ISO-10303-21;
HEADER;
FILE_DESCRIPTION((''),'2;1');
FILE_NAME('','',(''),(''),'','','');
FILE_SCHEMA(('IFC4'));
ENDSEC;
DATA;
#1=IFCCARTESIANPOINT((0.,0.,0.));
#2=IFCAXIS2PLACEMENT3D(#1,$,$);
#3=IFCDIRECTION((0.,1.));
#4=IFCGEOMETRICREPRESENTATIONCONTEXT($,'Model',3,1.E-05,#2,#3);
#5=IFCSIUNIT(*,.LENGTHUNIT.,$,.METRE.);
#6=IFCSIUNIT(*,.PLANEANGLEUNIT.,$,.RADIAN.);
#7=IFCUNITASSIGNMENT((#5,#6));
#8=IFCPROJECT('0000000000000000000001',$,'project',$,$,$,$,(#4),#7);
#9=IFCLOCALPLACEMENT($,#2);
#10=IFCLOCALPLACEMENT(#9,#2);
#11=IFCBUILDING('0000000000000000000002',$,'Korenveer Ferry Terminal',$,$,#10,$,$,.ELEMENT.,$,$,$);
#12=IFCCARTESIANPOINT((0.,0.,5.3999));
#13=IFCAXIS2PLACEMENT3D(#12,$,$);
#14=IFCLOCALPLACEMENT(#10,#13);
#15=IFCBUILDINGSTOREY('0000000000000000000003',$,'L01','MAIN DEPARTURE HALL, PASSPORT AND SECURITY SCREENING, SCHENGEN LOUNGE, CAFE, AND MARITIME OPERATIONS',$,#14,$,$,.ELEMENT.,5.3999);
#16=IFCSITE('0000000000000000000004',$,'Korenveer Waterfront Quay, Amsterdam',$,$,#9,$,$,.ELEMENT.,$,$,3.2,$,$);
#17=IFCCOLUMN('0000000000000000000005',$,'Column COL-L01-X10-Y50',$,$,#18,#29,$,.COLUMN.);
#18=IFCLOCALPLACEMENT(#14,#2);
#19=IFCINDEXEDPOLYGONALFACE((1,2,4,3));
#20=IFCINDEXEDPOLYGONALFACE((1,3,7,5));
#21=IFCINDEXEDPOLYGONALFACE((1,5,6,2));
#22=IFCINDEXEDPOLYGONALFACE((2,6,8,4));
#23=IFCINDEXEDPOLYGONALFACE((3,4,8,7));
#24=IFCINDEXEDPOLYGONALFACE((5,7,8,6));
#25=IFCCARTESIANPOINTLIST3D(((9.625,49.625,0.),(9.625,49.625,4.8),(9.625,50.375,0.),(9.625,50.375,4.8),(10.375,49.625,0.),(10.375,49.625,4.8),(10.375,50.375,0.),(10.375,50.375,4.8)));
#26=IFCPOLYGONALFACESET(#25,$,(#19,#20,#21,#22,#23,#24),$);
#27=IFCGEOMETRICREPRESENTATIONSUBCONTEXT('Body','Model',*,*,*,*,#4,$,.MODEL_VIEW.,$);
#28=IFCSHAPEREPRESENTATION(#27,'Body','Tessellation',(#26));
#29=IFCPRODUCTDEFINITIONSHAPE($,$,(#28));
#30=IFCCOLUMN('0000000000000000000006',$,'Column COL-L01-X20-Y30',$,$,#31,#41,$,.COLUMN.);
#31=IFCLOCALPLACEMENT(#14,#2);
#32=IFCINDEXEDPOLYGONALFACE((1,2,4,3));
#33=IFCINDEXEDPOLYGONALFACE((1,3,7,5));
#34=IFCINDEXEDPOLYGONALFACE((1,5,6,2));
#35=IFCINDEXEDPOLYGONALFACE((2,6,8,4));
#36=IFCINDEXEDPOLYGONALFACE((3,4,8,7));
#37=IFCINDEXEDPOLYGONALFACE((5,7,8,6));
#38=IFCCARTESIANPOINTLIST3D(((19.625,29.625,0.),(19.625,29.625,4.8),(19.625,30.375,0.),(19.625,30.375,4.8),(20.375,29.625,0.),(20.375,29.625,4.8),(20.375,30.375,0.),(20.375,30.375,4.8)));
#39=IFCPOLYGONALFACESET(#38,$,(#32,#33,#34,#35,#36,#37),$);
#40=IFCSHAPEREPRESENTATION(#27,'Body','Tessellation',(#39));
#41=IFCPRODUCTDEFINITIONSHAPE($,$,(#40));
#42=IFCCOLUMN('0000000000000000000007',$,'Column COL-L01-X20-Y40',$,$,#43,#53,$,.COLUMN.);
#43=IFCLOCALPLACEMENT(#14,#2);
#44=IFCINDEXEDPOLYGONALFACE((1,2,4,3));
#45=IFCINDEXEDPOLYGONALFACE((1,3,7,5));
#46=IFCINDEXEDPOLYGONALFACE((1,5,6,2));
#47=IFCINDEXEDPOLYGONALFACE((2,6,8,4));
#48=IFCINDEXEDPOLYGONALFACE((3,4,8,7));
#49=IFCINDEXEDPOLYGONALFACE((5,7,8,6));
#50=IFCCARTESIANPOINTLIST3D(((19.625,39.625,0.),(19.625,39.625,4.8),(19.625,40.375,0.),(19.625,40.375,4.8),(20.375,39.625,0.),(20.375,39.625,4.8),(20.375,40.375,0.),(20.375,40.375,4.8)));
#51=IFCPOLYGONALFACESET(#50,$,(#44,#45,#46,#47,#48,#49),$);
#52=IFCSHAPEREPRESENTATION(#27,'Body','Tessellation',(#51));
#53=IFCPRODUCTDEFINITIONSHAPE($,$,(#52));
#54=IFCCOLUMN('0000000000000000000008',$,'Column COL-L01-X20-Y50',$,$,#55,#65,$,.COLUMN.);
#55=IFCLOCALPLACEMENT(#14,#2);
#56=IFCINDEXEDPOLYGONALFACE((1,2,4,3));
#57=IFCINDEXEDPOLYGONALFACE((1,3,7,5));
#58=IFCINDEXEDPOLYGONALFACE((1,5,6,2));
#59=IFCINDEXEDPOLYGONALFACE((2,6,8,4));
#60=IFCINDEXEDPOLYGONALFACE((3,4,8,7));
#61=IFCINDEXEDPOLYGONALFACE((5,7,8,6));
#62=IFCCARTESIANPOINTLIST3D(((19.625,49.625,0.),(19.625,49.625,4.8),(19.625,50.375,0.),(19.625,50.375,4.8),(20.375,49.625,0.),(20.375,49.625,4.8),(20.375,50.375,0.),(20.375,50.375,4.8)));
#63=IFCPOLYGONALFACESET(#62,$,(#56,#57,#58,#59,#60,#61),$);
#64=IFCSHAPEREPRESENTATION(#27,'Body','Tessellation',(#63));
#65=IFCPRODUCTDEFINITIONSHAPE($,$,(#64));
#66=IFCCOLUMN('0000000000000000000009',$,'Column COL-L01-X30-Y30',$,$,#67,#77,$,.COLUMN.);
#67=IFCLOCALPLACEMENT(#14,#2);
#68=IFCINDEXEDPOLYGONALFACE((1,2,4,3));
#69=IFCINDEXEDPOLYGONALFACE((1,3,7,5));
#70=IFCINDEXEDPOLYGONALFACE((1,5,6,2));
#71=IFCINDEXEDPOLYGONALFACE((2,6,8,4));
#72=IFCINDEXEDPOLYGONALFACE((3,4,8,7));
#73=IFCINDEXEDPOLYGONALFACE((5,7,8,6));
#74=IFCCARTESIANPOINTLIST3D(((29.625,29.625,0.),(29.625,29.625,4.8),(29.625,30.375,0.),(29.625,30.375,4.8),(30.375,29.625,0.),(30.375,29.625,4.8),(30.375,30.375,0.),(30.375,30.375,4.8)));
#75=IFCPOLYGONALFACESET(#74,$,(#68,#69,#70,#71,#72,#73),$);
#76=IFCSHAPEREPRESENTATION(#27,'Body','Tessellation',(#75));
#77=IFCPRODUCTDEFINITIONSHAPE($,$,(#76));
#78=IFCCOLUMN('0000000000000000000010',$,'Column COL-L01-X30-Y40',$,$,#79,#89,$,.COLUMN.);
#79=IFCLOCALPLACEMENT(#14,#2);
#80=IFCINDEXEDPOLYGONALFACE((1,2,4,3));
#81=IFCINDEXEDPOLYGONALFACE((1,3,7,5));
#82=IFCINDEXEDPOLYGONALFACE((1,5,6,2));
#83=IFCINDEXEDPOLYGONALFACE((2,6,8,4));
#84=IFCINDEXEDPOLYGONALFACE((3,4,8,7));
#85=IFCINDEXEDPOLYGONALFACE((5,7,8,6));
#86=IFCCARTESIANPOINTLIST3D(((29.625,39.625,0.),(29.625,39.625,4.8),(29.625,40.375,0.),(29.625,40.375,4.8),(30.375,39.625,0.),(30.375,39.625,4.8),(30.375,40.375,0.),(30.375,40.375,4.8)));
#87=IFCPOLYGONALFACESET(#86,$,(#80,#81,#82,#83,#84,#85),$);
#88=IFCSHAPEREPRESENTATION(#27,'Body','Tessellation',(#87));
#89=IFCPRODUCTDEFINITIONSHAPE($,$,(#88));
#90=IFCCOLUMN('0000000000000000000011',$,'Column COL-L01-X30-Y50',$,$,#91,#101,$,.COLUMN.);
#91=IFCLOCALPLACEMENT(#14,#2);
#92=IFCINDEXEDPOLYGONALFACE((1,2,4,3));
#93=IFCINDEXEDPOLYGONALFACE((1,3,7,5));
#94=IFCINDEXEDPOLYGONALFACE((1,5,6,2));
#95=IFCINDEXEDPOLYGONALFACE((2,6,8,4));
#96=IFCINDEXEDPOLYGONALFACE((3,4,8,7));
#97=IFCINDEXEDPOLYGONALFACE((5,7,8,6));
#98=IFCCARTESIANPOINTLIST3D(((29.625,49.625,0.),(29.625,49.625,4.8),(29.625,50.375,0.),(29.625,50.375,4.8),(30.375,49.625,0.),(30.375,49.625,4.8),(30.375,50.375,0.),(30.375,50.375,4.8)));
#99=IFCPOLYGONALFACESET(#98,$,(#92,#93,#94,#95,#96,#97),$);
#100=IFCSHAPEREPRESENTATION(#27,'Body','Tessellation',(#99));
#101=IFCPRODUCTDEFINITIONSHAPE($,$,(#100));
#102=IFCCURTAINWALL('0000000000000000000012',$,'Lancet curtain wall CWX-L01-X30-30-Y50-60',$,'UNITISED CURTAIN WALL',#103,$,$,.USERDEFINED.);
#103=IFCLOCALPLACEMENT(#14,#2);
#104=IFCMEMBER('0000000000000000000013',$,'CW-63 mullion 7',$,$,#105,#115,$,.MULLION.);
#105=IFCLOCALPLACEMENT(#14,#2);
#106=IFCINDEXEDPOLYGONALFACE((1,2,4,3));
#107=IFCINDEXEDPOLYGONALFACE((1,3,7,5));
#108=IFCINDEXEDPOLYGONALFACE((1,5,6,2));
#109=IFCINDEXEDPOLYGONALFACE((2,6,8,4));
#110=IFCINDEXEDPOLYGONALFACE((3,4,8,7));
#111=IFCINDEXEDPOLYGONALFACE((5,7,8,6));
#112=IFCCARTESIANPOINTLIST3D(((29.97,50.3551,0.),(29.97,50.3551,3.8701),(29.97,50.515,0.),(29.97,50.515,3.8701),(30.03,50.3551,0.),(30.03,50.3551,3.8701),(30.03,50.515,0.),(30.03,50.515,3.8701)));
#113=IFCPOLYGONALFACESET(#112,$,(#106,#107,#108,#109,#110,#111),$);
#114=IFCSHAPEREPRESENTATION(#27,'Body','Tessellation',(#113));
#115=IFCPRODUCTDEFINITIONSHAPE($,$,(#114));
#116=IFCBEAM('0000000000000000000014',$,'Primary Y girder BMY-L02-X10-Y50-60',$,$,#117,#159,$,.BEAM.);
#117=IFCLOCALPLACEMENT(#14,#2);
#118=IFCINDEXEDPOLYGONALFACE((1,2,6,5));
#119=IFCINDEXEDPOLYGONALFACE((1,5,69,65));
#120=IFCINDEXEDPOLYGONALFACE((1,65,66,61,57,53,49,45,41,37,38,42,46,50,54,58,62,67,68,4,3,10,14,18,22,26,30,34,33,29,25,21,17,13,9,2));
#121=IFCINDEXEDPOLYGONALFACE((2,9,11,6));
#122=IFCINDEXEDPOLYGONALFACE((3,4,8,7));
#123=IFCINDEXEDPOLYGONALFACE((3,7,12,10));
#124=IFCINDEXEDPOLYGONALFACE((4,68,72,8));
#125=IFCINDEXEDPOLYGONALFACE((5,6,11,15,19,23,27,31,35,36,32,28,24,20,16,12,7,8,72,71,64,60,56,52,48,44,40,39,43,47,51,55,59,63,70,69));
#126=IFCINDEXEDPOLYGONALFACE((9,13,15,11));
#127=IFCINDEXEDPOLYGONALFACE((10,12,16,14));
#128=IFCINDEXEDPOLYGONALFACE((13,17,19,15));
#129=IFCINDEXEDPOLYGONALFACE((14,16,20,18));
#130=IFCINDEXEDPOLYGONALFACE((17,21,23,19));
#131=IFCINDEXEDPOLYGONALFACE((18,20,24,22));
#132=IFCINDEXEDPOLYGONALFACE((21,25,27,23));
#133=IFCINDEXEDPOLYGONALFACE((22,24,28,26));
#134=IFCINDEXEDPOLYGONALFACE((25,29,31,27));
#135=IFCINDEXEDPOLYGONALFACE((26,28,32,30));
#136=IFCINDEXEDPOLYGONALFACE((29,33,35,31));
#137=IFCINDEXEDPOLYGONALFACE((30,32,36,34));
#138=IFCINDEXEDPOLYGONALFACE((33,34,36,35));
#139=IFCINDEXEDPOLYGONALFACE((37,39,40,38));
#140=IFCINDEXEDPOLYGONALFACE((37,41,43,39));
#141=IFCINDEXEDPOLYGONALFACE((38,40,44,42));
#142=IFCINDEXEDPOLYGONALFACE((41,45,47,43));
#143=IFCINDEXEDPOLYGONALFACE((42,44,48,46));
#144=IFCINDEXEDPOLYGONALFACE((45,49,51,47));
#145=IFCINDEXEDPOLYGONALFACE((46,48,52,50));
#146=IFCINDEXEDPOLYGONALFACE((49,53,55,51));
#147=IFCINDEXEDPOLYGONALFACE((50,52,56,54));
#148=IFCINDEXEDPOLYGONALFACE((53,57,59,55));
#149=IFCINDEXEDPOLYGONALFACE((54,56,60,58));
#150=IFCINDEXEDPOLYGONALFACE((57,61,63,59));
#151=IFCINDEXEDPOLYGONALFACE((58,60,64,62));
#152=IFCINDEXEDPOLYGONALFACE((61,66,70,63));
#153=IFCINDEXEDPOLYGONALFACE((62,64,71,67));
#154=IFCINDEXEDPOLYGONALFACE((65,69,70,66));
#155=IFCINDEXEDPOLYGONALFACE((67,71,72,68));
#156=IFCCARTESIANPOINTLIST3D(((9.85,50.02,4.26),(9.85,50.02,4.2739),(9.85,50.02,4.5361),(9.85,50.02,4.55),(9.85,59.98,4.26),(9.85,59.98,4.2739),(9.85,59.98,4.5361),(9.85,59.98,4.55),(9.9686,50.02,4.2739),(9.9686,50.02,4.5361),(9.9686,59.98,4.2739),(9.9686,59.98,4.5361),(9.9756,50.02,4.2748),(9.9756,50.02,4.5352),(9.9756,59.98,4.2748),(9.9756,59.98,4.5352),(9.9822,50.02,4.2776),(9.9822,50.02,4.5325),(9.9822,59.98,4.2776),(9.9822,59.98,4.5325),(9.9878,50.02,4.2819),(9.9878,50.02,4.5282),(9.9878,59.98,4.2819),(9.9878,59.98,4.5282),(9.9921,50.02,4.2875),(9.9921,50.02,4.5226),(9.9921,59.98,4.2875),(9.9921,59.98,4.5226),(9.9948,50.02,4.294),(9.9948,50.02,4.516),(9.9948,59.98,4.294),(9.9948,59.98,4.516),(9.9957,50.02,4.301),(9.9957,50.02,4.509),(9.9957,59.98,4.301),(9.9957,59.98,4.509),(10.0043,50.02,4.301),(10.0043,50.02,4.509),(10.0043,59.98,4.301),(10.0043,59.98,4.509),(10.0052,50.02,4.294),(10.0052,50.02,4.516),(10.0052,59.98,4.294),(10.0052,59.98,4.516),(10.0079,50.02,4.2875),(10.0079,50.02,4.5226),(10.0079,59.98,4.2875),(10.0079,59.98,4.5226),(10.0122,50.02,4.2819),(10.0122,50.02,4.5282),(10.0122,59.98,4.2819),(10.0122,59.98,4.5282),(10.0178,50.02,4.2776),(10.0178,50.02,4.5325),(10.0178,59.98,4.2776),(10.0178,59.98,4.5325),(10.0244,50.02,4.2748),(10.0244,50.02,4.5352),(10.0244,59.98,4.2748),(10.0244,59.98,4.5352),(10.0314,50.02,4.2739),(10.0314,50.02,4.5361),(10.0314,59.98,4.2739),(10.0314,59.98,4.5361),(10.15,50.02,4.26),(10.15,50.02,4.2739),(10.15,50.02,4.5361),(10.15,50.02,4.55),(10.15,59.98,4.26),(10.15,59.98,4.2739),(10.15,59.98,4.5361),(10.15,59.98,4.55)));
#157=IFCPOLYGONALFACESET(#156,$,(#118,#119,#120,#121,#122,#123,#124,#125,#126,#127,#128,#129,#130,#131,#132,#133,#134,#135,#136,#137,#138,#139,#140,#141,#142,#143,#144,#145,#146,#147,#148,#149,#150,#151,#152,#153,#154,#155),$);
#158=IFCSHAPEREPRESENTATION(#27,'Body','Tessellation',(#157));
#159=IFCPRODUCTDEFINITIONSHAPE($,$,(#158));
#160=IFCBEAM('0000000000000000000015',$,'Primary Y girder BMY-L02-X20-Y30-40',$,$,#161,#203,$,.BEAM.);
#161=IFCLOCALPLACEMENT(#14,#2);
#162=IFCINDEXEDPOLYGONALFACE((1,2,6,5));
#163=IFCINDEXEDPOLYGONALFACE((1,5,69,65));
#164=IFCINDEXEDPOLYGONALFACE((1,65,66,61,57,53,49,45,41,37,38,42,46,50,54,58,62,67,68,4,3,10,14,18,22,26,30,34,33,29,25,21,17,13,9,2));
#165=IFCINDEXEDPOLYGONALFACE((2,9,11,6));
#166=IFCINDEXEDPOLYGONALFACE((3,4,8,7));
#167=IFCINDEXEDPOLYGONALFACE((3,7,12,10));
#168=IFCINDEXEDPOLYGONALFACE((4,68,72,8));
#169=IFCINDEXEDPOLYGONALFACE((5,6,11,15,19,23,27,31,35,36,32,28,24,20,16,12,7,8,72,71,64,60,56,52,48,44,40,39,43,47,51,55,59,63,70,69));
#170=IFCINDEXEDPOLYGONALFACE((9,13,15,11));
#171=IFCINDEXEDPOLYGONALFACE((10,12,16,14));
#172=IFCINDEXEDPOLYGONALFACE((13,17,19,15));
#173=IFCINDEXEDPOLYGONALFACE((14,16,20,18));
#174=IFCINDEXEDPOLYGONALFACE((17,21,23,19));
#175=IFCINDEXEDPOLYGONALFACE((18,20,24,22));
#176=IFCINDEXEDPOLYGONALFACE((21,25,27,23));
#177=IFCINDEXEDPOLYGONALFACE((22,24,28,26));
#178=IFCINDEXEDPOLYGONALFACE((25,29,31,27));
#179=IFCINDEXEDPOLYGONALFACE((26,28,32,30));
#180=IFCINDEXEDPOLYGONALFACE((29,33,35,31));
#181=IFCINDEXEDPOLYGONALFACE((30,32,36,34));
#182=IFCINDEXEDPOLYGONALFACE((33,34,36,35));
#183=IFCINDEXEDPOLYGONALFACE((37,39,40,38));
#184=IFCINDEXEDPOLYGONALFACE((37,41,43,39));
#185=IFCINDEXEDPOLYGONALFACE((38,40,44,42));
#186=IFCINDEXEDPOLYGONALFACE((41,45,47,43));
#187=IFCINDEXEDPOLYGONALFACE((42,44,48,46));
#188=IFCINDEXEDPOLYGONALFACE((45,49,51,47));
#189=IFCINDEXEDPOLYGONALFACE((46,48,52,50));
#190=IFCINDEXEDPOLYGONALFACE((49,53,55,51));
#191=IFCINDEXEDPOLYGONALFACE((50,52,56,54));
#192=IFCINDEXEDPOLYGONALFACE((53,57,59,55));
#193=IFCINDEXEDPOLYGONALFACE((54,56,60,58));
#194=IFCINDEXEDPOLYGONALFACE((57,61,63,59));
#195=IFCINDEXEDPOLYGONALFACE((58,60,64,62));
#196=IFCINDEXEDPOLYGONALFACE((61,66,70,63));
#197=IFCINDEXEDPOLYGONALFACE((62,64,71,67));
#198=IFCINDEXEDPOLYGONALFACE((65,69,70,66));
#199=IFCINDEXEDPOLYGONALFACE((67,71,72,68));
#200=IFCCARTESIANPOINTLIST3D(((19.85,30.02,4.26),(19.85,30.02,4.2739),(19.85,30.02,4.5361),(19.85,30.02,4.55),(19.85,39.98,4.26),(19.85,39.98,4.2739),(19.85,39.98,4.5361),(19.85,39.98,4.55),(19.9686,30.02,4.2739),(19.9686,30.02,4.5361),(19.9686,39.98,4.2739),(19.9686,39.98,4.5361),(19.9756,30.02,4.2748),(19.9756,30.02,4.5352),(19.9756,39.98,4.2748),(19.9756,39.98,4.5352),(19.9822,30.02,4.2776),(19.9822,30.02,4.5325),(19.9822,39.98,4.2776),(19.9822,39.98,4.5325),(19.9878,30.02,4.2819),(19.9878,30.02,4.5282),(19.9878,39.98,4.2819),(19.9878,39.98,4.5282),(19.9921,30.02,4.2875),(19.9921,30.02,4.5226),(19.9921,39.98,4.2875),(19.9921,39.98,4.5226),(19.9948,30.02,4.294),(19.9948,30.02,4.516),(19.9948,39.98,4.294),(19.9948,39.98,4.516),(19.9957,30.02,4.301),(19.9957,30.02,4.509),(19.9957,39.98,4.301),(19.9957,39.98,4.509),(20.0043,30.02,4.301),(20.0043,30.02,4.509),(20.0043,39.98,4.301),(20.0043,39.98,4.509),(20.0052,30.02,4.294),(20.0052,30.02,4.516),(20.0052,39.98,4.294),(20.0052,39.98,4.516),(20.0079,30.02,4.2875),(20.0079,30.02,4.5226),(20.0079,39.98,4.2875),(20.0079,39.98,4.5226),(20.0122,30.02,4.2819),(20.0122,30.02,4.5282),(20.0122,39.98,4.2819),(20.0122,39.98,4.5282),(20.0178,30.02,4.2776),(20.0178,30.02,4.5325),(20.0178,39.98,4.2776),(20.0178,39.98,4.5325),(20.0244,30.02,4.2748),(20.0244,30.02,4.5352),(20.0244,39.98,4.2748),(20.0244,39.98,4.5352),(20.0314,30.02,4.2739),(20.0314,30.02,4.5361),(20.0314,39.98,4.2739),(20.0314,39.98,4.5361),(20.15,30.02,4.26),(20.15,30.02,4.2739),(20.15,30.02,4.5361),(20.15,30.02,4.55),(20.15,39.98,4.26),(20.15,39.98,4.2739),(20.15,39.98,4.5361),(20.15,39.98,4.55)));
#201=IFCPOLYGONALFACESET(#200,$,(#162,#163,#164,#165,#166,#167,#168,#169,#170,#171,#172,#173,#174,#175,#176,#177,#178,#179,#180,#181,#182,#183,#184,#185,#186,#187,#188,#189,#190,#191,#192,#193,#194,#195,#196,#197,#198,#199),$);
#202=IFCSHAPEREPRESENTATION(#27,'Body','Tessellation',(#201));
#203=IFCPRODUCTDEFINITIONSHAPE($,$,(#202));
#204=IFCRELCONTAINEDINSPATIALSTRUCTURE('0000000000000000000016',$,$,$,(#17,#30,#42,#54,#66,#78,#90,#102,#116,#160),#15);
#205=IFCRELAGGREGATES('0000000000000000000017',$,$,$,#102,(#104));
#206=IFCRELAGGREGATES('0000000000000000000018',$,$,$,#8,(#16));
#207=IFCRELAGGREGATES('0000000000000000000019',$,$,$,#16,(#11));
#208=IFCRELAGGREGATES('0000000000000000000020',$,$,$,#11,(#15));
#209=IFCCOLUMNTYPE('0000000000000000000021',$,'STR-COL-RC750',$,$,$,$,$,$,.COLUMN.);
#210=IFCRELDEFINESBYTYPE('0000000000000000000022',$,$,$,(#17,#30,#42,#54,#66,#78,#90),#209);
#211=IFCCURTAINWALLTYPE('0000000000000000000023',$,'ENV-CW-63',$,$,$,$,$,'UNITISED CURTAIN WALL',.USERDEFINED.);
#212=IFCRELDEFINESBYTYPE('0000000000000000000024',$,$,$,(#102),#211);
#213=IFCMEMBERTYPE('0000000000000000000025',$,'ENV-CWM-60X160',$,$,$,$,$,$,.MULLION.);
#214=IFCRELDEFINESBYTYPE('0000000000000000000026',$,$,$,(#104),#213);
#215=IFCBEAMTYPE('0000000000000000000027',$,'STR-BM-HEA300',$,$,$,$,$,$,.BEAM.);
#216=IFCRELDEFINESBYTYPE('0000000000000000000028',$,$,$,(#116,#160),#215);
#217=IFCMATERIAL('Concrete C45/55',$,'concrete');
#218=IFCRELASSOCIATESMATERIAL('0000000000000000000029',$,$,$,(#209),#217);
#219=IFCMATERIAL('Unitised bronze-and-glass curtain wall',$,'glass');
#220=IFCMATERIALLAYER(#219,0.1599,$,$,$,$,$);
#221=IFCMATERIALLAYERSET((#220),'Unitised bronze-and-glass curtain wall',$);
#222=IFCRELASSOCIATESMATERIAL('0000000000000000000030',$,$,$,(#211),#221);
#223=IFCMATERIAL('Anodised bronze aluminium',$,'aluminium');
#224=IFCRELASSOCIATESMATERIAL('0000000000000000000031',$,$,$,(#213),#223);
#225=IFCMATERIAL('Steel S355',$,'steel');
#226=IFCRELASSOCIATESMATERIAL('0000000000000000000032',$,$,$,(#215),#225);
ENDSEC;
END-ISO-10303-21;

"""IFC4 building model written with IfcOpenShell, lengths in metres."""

from ifc_helpers import new_model, si_unit, direction, frame, origin, origin_2d, place, context, subcontext, project, spatial, rectangle, i_section, extrude, material, layer, layer_set, material_profile, profile_set, type_object, element, aggregate, save


model = new_model("IFC4")

# Units and contexts
model_context = context("Model", 3, precision=1e-05, world=origin(), true_north=direction((0.0, 1.0)))
body_context = subcontext(model_context, "Body", "Model", "MODEL_VIEW")
ifc_project = project(units=[si_unit("LENGTHUNIT", "METRE"), si_unit("PLANEANGLEUNIT", "RADIAN")], contexts=[model_context])

# Site, building, storey
site_placement = place(None, origin())
site = spatial("IfcSite", under=ifc_project, at=site_placement, Name="Korenveer Waterfront Quay, Amsterdam", CompositionType="ELEMENT", RefElevation=3.2)
building_placement = place(site_placement, origin())
building = spatial("IfcBuilding", under=site, at=building_placement, Name="Korenveer Ferry Terminal", CompositionType="ELEMENT")
storey_placement = place(building_placement, frame((0.0, 0.0, 5.3999)))
storey = spatial("IfcBuildingStorey", under=building, at=storey_placement, Name="L01", Description="MAIN DEPARTURE HALL, PASSPORT AND SECURITY SCREENING, SCHENGEN LOUNGE, CAFE, AND MARITIME OPERATIONS", CompositionType="ELEMENT", Elevation=5.3999)

# Columns
ifc_material_1 = material(Name="Concrete C45/55", Category="concrete")
ifc_material_profile_1 = material_profile(ifc_material_1, rectangle(XDim=0.75, YDim=0.75, at=origin_2d()), Name="RC 750x750")
ifc_profile_set_1 = profile_set([ifc_material_profile_1], Name="Concrete C45/55")
column_type = type_object("IfcColumnType", Name="STR-COL-RC750", PredefinedType="COLUMN", material=ifc_profile_set_1)
for number, where, z_axis, x_axis, name in (
    (1, (10.0, 50.0, 0.0), (0.0, 0.0, 1.0), (1.0, 0.0, 0.0), "Column COL-L01-X10-Y50"),
    (2, (20.0, 30.0, 0.0), (0.0, 0.0, 1.0), (1.0, 0.0, 0.0), "Column COL-L01-X20-Y30"),
    (3, (20.0, 40.0, 0.0), (0.0, 0.0, 1.0), (1.0, 0.0, 0.0), "Column COL-L01-X20-Y40"),
    (4, (20.0, 50.0, 0.0), (0.0, 0.0, 1.0), (1.0, 0.0, 0.0), "Column COL-L01-X20-Y50"),
    (5, (30.0, 30.0, 0.0), (0.0, 0.0, 1.0), (1.0, 0.0, 0.0), "Column COL-L01-X30-Y30"),
    (6, (30.0, 40.0, 0.0), (0.0, 0.0, 1.0), (1.0, 0.0, 0.0), "Column COL-L01-X30-Y40"),
    (7, (30.0, 50.0, 0.0), (0.0, 0.0, 1.0), (1.0, 0.0, 0.0), "Column COL-L01-X30-Y50"),
):
    element("IfcColumn", number, at=place(storey_placement, frame(where, z_axis=z_axis, x_axis=x_axis)), inside=storey, type_object=column_type, Name=name, PredefinedType="COLUMN", context=body_context, shape_type="SweptSolid", body=[
        extrude(rectangle(XDim=0.75, YDim=0.75, at=origin_2d()), origin(), (0.0, 0.0, 1.0), 4.8),
    ])

# Curtain wall, member
ifc_material_2 = material(Name="Unitised bronze-and-glass curtain wall", Category="glass")
ifc_layer_1 = layer(ifc_material_2, 0.1599)
ifc_layer_set_1 = layer_set([ifc_layer_1], Name="Unitised bronze-and-glass curtain wall")
curtain_wall_type = type_object("IfcCurtainWallType", Name="ENV-CW-63", ElementType="UNITISED CURTAIN WALL", PredefinedType="USERDEFINED", material=ifc_layer_set_1)
curtain_wall_placement = place(storey_placement, frame((30.0, 59.595, 0.0)))
curtain_wall = element("IfcCurtainWall", 8, at=curtain_wall_placement, inside=storey, type_object=curtain_wall_type, Name="Lancet curtain wall CWX-L01-X30-30-Y50-60", ObjectType="UNITISED CURTAIN WALL", PredefinedType="USERDEFINED")
ifc_material_3 = material(Name="Anodised bronze aluminium", Category="aluminium")
ifc_material_profile_2 = material_profile(ifc_material_3, rectangle(XDim=0.0601, YDim=0.1599, at=origin_2d()), Name="ALU 60x160")
ifc_profile_set_2 = profile_set([ifc_material_profile_2], Name="Anodised bronze aluminium")
member_type_1 = type_object("IfcMemberType", Name="ENV-CWM-60X160", PredefinedType="MULLION", material=ifc_profile_set_2)
member_1_placement = place(storey_placement, frame((30.0, 50.4351, 0.0), z_axis=(0.0, 0.0, 1.0), x_axis=(1.0, 0.0, 0.0)))
member_1 = element("IfcMember", 9, at=member_1_placement, type_object=member_type_1, Name="CW-63 mullion 7", PredefinedType="MULLION", context=body_context, shape_type="SweptSolid", body=[
    extrude(rectangle(XDim=0.0601, YDim=0.1599, at=origin_2d()), origin(), (0.0, 0.0, 1.0), 3.8701),
])
aggregate(curtain_wall, [member_1])

# Beams
ifc_material_4 = material(Name="Steel S355", Category="steel")
ifc_material_profile_3 = material_profile(ifc_material_4, i_section(OverallWidth=0.3, OverallDepth=0.29, WebThickness=0.0085, FlangeThickness=0.0139, FilletRadius=0.0271, at=origin_2d()), Name="HEA 300")
ifc_profile_set_3 = profile_set([ifc_material_profile_3], Name="Steel S355")
beam_type_1 = type_object("IfcBeamType", Name="STR-BM-HEA300", PredefinedType="BEAM", material=ifc_profile_set_3)
for number, where, z_axis, x_axis, name in (
    (10, (10.0, 50.02, 4.405), (0.0, 1.0, 0.0), (-1.0, 0.0, 0.0), "Primary Y girder BMY-L02-X10-Y50-60"),
    (11, (20.0, 30.02, 4.405), (0.0, 1.0, 0.0), (-1.0, 0.0, 0.0), "Primary Y girder BMY-L02-X20-Y30-40"),
):
    element("IfcBeam", number, at=place(storey_placement, frame(where, z_axis=z_axis, x_axis=x_axis)), inside=storey, type_object=beam_type_1, Name=name, PredefinedType="BEAM", context=body_context, shape_type="SweptSolid", body=[
        extrude(i_section(OverallWidth=0.3, OverallDepth=0.29, WebThickness=0.0085, FlangeThickness=0.0139, FilletRadius=0.0271, at=origin_2d()), origin(), (0.0, 0.0, 1.0), 9.96),
    ])

save(model, "model.ifc")
